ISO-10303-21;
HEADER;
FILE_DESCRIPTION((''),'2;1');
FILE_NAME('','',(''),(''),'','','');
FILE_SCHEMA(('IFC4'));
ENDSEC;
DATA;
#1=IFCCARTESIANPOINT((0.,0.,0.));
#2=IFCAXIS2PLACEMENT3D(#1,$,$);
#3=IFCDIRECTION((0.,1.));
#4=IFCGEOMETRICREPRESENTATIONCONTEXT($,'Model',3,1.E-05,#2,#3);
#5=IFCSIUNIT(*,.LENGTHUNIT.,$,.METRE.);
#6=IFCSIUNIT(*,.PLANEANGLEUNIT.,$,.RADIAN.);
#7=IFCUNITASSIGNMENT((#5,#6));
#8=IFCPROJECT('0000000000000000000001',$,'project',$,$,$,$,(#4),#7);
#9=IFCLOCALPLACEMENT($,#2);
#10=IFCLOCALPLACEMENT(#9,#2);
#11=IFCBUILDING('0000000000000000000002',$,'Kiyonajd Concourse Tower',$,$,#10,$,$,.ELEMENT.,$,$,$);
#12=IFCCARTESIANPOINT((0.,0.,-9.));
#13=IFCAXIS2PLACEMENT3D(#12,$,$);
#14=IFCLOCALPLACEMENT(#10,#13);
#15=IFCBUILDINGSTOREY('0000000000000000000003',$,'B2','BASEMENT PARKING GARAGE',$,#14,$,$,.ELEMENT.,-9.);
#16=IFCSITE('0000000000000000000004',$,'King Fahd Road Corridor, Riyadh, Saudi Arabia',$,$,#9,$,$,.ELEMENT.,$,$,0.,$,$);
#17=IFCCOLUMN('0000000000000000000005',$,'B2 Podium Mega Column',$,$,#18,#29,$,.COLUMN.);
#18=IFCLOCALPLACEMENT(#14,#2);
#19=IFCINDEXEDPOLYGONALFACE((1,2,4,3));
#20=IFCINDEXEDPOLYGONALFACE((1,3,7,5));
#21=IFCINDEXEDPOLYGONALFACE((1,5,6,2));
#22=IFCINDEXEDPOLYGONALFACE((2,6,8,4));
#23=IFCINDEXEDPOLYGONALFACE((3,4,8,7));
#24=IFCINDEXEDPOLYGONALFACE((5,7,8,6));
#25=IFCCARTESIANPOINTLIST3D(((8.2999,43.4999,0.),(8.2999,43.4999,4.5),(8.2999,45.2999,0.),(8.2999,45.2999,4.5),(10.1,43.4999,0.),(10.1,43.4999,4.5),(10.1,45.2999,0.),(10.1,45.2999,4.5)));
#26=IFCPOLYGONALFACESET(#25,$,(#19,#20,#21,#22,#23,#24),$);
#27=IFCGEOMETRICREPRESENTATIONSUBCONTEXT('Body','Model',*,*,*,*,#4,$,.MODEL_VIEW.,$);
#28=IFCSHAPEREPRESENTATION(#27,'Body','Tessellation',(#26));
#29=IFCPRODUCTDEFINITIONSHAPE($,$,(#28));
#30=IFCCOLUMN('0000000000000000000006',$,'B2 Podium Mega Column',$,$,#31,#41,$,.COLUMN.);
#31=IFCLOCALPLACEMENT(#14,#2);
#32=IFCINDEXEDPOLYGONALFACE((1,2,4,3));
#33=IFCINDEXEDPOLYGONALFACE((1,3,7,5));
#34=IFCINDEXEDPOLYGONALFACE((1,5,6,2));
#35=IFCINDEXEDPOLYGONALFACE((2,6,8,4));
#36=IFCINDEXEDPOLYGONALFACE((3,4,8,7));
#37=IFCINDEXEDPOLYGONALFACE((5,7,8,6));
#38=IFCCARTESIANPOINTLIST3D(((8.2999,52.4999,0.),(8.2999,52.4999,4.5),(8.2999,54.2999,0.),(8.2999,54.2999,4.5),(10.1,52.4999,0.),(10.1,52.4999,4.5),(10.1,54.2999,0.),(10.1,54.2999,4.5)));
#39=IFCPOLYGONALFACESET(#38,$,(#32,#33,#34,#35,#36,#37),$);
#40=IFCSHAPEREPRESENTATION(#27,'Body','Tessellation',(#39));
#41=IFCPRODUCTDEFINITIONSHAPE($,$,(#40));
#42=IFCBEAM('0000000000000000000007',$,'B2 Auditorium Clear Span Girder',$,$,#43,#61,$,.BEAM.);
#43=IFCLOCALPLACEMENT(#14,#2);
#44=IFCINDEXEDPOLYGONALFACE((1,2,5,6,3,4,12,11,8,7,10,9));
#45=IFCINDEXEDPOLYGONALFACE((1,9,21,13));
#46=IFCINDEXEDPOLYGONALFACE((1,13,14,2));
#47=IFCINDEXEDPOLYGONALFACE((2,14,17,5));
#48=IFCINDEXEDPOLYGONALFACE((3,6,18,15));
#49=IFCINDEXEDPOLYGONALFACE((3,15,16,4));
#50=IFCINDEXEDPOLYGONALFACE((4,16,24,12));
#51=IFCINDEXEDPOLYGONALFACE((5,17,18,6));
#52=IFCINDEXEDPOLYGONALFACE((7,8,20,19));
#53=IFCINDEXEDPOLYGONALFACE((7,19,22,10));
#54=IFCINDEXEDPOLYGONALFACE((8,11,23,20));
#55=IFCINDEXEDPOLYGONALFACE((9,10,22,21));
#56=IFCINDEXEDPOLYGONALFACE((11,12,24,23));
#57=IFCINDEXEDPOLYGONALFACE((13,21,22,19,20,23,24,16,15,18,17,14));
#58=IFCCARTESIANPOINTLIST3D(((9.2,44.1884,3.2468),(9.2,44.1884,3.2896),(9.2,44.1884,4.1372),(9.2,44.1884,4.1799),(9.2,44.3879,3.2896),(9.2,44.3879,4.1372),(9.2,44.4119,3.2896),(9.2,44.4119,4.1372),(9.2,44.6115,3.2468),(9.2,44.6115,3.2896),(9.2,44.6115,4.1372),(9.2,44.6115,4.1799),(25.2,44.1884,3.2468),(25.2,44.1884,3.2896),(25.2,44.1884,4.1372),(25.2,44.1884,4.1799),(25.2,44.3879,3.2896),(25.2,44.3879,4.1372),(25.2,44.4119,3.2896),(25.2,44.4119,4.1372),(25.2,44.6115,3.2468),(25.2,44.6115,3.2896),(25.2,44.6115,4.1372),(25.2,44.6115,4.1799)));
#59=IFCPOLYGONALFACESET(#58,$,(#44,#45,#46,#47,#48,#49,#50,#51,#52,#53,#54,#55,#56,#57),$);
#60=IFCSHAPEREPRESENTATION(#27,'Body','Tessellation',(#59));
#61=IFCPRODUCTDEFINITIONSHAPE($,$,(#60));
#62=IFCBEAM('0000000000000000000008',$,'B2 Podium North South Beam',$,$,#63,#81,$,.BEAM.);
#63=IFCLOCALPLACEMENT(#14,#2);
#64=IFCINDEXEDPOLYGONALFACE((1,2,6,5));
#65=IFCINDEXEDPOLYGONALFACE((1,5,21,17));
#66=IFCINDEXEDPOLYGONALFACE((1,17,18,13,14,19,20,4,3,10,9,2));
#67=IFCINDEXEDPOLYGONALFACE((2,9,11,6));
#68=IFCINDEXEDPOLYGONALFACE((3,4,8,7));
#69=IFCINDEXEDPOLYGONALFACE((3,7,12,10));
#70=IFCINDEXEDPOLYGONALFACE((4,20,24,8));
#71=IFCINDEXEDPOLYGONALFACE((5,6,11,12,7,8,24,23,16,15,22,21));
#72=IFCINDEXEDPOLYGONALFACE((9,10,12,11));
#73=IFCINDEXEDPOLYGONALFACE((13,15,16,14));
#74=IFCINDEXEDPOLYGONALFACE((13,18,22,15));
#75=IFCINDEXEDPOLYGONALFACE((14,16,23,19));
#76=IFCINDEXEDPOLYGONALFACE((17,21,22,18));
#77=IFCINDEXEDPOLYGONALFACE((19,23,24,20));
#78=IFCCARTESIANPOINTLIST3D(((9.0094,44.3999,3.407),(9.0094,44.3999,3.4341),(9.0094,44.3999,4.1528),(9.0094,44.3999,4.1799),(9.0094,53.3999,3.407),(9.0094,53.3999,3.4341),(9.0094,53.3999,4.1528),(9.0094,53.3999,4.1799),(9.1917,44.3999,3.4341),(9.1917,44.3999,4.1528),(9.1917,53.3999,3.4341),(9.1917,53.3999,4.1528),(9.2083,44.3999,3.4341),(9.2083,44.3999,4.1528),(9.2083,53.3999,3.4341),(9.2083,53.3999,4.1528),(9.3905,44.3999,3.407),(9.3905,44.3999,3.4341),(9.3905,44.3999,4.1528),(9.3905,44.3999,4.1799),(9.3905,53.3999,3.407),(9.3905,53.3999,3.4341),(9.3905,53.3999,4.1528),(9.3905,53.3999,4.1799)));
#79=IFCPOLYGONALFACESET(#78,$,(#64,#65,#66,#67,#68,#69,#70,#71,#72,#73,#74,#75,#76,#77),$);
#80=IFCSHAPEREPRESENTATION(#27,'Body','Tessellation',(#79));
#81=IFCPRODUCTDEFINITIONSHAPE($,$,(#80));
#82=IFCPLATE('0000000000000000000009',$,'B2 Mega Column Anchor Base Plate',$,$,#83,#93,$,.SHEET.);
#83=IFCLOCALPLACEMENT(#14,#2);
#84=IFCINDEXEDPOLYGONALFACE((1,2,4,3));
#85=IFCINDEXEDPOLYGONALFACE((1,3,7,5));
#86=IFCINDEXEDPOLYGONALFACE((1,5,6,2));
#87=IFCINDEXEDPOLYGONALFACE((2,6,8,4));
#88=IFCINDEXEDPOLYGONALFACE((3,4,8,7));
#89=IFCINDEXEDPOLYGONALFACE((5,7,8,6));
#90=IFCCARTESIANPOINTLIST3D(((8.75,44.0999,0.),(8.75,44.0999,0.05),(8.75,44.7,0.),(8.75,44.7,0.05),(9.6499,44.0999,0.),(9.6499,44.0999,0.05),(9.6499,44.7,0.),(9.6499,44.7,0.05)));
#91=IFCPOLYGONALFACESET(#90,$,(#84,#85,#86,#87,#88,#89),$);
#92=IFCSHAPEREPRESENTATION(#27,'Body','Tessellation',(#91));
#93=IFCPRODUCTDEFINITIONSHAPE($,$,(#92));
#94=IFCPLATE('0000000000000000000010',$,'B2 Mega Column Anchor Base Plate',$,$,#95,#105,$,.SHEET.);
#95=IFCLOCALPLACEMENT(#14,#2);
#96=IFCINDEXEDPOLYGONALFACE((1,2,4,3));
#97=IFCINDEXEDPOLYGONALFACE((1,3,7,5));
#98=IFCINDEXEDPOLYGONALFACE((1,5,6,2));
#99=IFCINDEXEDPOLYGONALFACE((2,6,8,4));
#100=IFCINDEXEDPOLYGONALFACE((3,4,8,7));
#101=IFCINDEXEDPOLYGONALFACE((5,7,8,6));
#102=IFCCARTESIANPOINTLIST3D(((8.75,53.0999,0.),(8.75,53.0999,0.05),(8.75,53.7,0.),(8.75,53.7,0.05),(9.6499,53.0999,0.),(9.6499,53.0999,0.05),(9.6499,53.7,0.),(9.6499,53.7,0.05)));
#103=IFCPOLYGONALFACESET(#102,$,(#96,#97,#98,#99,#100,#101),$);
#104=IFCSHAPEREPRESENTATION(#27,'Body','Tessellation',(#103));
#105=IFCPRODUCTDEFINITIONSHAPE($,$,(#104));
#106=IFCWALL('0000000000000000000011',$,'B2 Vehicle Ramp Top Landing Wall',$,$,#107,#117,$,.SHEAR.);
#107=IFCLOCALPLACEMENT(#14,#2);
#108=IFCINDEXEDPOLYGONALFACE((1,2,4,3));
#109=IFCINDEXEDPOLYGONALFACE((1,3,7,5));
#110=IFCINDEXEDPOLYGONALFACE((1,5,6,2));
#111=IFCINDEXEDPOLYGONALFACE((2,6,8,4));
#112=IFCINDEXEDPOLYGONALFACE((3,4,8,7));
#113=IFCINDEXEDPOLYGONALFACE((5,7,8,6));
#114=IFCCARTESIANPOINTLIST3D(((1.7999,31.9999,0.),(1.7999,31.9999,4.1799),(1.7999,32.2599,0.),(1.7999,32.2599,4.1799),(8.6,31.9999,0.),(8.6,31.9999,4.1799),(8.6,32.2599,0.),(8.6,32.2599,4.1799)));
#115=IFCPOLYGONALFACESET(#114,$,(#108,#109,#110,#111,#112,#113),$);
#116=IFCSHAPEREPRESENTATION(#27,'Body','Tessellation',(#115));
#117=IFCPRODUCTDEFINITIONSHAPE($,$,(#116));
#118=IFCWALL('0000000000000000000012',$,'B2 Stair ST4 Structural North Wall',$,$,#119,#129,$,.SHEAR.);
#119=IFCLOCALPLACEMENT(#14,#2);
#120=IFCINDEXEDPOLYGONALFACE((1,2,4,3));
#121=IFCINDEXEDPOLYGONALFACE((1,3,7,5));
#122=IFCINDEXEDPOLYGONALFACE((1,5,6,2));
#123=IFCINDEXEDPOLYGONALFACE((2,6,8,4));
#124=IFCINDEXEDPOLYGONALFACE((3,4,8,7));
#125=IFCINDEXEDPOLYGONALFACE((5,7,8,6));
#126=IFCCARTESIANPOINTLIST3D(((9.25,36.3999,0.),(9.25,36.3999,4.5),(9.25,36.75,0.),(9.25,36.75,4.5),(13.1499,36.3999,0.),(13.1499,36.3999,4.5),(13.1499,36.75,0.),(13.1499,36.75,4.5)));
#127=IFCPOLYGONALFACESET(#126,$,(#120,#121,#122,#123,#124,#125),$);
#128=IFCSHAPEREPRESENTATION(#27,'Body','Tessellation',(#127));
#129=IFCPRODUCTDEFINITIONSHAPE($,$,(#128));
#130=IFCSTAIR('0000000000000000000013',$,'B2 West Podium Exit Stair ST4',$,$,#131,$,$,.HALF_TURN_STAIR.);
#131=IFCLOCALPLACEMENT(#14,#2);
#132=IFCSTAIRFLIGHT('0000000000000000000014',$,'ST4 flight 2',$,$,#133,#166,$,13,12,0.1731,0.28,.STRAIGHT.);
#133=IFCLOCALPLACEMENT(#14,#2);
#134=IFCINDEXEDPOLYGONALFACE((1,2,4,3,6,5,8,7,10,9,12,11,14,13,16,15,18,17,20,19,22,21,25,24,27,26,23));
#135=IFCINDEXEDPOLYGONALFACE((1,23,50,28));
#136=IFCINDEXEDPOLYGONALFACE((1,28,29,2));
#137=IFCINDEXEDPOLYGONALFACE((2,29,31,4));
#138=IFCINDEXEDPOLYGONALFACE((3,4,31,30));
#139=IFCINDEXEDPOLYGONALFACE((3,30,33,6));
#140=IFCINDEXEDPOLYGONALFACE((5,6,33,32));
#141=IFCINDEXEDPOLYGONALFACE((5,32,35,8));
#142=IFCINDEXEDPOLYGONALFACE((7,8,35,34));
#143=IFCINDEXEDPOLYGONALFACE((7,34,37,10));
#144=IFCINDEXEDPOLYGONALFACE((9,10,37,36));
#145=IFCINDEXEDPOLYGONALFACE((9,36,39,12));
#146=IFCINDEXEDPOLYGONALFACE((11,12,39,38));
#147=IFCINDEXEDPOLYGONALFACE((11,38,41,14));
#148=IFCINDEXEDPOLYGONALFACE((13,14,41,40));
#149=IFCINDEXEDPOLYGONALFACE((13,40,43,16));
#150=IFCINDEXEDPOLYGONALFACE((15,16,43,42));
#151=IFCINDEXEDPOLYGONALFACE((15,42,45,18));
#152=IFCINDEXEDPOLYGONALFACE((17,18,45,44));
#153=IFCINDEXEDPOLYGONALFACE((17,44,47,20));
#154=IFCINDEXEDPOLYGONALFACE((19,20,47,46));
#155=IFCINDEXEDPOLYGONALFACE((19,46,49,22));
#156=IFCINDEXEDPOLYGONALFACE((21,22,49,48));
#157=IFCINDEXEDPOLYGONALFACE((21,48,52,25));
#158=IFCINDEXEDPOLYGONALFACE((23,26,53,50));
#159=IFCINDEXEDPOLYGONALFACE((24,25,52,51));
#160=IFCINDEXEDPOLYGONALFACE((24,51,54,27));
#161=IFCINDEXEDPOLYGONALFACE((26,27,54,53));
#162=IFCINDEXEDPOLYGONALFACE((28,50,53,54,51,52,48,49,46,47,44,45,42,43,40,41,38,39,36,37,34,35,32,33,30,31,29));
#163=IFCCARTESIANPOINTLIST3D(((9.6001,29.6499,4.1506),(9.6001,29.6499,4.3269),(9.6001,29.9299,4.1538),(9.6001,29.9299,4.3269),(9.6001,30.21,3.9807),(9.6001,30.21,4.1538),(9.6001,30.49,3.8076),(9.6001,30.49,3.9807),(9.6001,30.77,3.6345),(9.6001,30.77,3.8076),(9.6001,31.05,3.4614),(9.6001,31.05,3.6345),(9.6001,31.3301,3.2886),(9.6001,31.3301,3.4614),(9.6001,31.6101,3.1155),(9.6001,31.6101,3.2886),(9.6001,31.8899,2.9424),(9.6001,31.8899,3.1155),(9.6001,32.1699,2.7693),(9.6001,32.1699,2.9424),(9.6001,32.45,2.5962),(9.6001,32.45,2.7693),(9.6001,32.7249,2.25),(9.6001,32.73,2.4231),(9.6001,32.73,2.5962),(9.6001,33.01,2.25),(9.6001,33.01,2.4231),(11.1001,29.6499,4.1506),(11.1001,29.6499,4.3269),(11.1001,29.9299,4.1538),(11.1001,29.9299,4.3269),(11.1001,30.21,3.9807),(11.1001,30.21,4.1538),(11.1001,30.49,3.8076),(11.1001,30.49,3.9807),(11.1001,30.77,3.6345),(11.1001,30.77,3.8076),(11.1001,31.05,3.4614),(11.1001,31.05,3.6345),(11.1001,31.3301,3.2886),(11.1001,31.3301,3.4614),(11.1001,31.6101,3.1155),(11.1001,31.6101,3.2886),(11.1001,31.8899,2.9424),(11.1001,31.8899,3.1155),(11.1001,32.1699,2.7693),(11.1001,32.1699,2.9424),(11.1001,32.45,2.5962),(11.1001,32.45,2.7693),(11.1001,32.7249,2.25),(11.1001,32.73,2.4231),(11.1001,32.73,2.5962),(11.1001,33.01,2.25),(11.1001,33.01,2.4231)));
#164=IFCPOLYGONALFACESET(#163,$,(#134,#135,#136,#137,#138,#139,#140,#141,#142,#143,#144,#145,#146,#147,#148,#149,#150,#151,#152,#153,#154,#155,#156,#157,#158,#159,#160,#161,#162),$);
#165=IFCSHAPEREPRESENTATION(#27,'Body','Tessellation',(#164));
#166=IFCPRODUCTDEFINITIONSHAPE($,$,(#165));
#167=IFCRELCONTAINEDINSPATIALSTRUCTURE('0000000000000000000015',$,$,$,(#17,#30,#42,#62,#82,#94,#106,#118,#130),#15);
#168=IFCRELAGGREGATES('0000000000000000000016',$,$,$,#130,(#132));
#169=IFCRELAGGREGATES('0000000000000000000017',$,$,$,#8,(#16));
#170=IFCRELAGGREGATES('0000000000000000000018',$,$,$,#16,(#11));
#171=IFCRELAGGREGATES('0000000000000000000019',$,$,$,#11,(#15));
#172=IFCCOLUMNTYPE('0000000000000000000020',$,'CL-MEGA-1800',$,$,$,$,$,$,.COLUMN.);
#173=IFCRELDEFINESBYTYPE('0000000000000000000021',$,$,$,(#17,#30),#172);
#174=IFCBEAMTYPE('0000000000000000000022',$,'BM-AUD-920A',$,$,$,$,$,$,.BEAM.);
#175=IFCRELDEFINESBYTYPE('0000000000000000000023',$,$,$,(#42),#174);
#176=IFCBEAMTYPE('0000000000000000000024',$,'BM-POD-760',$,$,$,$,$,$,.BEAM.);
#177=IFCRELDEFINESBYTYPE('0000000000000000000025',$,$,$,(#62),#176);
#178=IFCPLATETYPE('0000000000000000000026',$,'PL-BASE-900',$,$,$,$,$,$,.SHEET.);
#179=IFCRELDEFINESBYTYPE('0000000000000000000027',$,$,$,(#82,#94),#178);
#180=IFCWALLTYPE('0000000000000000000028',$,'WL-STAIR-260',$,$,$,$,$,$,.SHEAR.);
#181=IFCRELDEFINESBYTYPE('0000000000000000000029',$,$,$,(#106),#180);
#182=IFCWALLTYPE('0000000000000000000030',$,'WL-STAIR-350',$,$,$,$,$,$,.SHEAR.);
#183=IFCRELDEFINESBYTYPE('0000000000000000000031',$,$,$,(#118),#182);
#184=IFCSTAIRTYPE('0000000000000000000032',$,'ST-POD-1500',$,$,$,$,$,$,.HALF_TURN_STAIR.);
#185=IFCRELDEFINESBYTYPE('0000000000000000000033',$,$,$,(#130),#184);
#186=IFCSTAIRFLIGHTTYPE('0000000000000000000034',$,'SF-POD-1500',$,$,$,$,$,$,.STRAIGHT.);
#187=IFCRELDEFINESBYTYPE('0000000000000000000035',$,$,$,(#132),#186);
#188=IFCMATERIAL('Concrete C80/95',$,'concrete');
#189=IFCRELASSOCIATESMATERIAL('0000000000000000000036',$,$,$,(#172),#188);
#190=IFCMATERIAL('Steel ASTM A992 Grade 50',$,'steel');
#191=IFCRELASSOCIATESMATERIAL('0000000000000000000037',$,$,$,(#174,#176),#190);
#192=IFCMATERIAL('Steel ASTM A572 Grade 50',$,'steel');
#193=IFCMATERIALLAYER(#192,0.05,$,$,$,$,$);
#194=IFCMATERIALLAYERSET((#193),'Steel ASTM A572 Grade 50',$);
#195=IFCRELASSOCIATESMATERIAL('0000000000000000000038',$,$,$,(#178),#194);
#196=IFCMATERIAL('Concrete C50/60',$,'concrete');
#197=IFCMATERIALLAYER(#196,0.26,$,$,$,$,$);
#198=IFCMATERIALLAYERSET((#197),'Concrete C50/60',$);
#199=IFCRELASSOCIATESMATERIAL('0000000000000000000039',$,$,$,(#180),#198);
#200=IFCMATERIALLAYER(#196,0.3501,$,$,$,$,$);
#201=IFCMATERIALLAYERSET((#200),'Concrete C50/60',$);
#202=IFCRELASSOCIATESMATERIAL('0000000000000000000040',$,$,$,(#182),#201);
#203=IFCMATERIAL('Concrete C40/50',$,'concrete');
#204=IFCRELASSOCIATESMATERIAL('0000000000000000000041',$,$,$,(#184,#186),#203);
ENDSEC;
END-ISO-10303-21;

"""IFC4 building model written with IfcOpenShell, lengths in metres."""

from ifc_helpers import new_model, si_unit, direction, frame, frame_2d, origin, origin_2d, place, context, subcontext, project, spatial, polyline, rectangle, i_section, outline, extrude, material, layer, layer_set, material_profile, profile_set, type_object, element, aggregate, save


model = new_model("IFC4")

# Units and contexts
model_context = context("Model", 3, precision=1e-05, world=origin(), true_north=direction((0.0, 1.0)))
body_context = subcontext(model_context, "Body", "Model", "MODEL_VIEW")
ifc_project = project(units=[si_unit("LENGTHUNIT", "METRE"), si_unit("PLANEANGLEUNIT", "RADIAN")], contexts=[model_context])

# Site, building, storey
site_placement = place(None, origin())
site = spatial("IfcSite", under=ifc_project, at=site_placement, Name="King Fahd Road Corridor, Riyadh, Saudi Arabia", CompositionType="ELEMENT", RefElevation=0.0)
building_placement = place(site_placement, origin())
building = spatial("IfcBuilding", under=site, at=building_placement, Name="Kiyonajd Concourse Tower", CompositionType="ELEMENT")
storey_placement = place(building_placement, frame((0.0, 0.0, -9.0)))
storey = spatial("IfcBuildingStorey", under=building, at=storey_placement, Name="B2", Description="BASEMENT PARKING GARAGE", CompositionType="ELEMENT", Elevation=-9.0)

# Shared definitions
ifc_material_1 = material(Name="Concrete C50/60", Category="concrete")

# Columns
ifc_material_2 = material(Name="Concrete C80/95", Category="concrete")
ifc_material_profile_1 = material_profile(ifc_material_2, rectangle(XDim=1.8, YDim=1.8, at=origin_2d()), Name="RC-1800x1800")
ifc_profile_set_1 = profile_set([ifc_material_profile_1], Name="Concrete C80/95")
column_type = type_object("IfcColumnType", Name="CL-MEGA-1800", PredefinedType="COLUMN", material=ifc_profile_set_1)
for number, where, z_axis, x_axis, name in (
    (1, (9.2, 44.3999, 0.0), (0.0, 0.0, 1.0), (1.0, 0.0, 0.0), "B2 Podium Mega Column"),
    (2, (9.2, 53.3999, 0.0), (0.0, 0.0, 1.0), (1.0, 0.0, 0.0), "B2 Podium Mega Column"),
):
    element("IfcColumn", number, at=place(storey_placement, frame(where, z_axis=z_axis, x_axis=x_axis)), inside=storey, type_object=column_type, Name=name, PredefinedType="COLUMN", context=body_context, shape_type="SweptSolid", body=[
        extrude(rectangle(XDim=1.8, YDim=1.8, at=origin_2d()), origin(), (0.0, 0.0, 1.0), 4.5),
    ])

# Beams
ifc_material_3 = material(Name="Steel ASTM A992 Grade 50", Category="steel")
ifc_material_profile_2 = material_profile(ifc_material_3, i_section(OverallWidth=0.4231, OverallDepth=0.9331, WebThickness=0.0239, FlangeThickness=0.0427, at=origin_2d()), Name="W920X446")
ifc_profile_set_2 = profile_set([ifc_material_profile_2], Name="Steel ASTM A992 Grade 50")
beam_type_1 = type_object("IfcBeamType", Name="BM-AUD-920A", PredefinedType="BEAM", material=ifc_profile_set_2)
beam_1_placement = place(storey_placement, frame((9.2, 44.3999, 3.7134), z_axis=(1.0, 0.0, 0.0), x_axis=(0.0, 1.0, 0.0)))
element("IfcBeam", 3, at=beam_1_placement, inside=storey, type_object=beam_type_1, Name="B2 Auditorium Clear Span Girder", PredefinedType="BEAM", context=body_context, shape_type="SweptSolid", body=[
    extrude(i_section(OverallWidth=0.4231, OverallDepth=0.9331, WebThickness=0.0239, FlangeThickness=0.0427, at=origin_2d()), origin(), (0.0, 0.0, 1.0), 16.0),
])
ifc_material_profile_3 = material_profile(ifc_material_3, i_section(OverallWidth=0.3811, OverallDepth=0.7729, WebThickness=0.0166, FlangeThickness=0.0271, at=origin_2d()), Name="W760X257")
ifc_profile_set_3 = profile_set([ifc_material_profile_3], Name="Steel ASTM A992 Grade 50")
beam_type_2 = type_object("IfcBeamType", Name="BM-POD-760", PredefinedType="BEAM", material=ifc_profile_set_3)
beam_2_placement = place(storey_placement, frame((9.2, 44.3999, 3.7935), z_axis=(0.0, 1.0, 0.0), x_axis=(-1.0, 0.0, 0.0)))
element("IfcBeam", 4, at=beam_2_placement, inside=storey, type_object=beam_type_2, Name="B2 Podium North South Beam", PredefinedType="BEAM", context=body_context, shape_type="SweptSolid", body=[
    extrude(i_section(OverallWidth=0.3811, OverallDepth=0.7729, WebThickness=0.0166, FlangeThickness=0.0271, at=origin_2d()), origin(), (0.0, 0.0, 1.0), 9.0),
])

# Plates
ifc_material_4 = material(Name="Steel ASTM A572 Grade 50", Category="steel")
ifc_layer_1 = layer(ifc_material_4, 0.05)
ifc_layer_set_1 = layer_set([ifc_layer_1], Name="Steel ASTM A572 Grade 50")
plate_type = type_object("IfcPlateType", Name="PL-BASE-900", PredefinedType="SHEET", material=ifc_layer_set_1)
for number, where, z_axis, x_axis, name in (
    (5, (9.2, 44.3999, 0.0), (0.0, 0.0, 1.0), (1.0, 0.0, 0.0), "B2 Mega Column Anchor Base Plate"),
    (6, (9.2, 53.3999, 0.0), (0.0, 0.0, 1.0), (1.0, 0.0, 0.0), "B2 Mega Column Anchor Base Plate"),
):
    element("IfcPlate", number, at=place(storey_placement, frame(where, z_axis=z_axis, x_axis=x_axis)), inside=storey, type_object=plate_type, Name=name, PredefinedType="SHEET", context=body_context, shape_type="SweptSolid", body=[
        extrude(rectangle(XDim=0.8999, YDim=0.6001, at=origin_2d()), origin(), (0.0, 0.0, 1.0), 0.05),
    ])

# Walls
ifc_layer_2 = layer(ifc_material_1, 0.26)
ifc_layer_set_2 = layer_set([ifc_layer_2], Name="Concrete C50/60")
wall_type_1 = type_object("IfcWallType", Name="WL-STAIR-260", PredefinedType="SHEAR", material=ifc_layer_set_2)
wall_1_placement = place(storey_placement, frame((1.8, 32.1299, 0.0), z_axis=(0.0, 0.0, 1.0), x_axis=(1.0, 0.0, 0.0)))
element("IfcWall", 7, at=wall_1_placement, inside=storey, type_object=wall_type_1, Name="B2 Vehicle Ramp Top Landing Wall", PredefinedType="SHEAR", context=body_context, shape_type="SweptSolid", body=[
    extrude(rectangle(XDim=6.8, YDim=0.26, at=frame_2d((3.3999, 0.0))), origin(), (0.0, 0.0, 1.0), 4.1799),
])
ifc_layer_3 = layer(ifc_material_1, 0.3501)
ifc_layer_set_3 = layer_set([ifc_layer_3], Name="Concrete C50/60")
wall_type_2 = type_object("IfcWallType", Name="WL-STAIR-350", PredefinedType="SHEAR", material=ifc_layer_set_3)
wall_2_placement = place(storey_placement, frame((9.25, 36.575, 0.0), z_axis=(0.0, 0.0, 1.0), x_axis=(1.0, 0.0, 0.0)))
element("IfcWall", 8, at=wall_2_placement, inside=storey, type_object=wall_type_2, Name="B2 Stair ST4 Structural North Wall", PredefinedType="SHEAR", context=body_context, shape_type="SweptSolid", body=[
    extrude(rectangle(XDim=3.8999, YDim=0.3501, at=frame_2d((1.95, 0.0))), origin(), (0.0, 0.0, 1.0), 4.5),
])

# Stair, stair flight
ifc_material_5 = material(Name="Concrete C40/50", Category="concrete")
stair_type = type_object("IfcStairType", Name="ST-POD-1500", PredefinedType="HALF_TURN_STAIR", material=ifc_material_5)
stair_placement = place(storey_placement, origin())
stair = element("IfcStair", 9, at=stair_placement, inside=storey, type_object=stair_type, Name="B2 West Podium Exit Stair ST4", PredefinedType="HALF_TURN_STAIR")
stair_flight_type = type_object("IfcStairFlightType", Name="SF-POD-1500", PredefinedType="STRAIGHT", material=ifc_material_5)
stair_flight_placement = place(storey_placement, frame((10.3501, 33.01, 2.25), z_axis=(0.0, 0.0, 1.0), x_axis=(0.0, -1.0, 0.0)))
stair_flight = element("IfcStairFlight", 10, at=stair_flight_placement, type_object=stair_flight_type, Name="ST4 flight 2", NumberOfRisers=13, NumberOfTreads=12, PredefinedType="STRAIGHT", RiserHeight=0.1731, TreadLength=0.28, context=body_context, shape_type="SweptSolid", body=[
    extrude(outline(polyline([(0.0, 0.0), (0.0, 0.1731), (0.28, 0.1731), (0.28, 0.3462), (0.5601, 0.3462), (0.5601, 0.5193), (0.8401, 0.5193), (0.8401, 0.6924), (1.1201, 0.6924), (1.1201, 0.8655), (1.3999, 0.8655), (1.3999, 1.0386), (1.6799, 1.0386), (1.6799, 1.2114), (1.96, 1.2114), (1.96, 1.3845), (2.24, 1.3845), (2.24, 1.5576), (2.52, 1.5576), (2.52, 1.7307), (2.8, 1.7307), (2.8, 1.9038), (3.0801, 1.9038), (3.0801, 2.0769), (3.3601, 2.0769), (3.3601, 2.25), (3.3601, 1.9006), (0.2852, 0.0), (0.0, 0.0)])), frame((0.0, 0.75, 0.0), z_axis=(0.0, -1.0, 0.0), x_axis=(1.0, 0.0, 0.0)), (0.0, 0.0, 1.0), 1.5),
])
aggregate(stair, [stair_flight])

save(model, "model.ifc")
